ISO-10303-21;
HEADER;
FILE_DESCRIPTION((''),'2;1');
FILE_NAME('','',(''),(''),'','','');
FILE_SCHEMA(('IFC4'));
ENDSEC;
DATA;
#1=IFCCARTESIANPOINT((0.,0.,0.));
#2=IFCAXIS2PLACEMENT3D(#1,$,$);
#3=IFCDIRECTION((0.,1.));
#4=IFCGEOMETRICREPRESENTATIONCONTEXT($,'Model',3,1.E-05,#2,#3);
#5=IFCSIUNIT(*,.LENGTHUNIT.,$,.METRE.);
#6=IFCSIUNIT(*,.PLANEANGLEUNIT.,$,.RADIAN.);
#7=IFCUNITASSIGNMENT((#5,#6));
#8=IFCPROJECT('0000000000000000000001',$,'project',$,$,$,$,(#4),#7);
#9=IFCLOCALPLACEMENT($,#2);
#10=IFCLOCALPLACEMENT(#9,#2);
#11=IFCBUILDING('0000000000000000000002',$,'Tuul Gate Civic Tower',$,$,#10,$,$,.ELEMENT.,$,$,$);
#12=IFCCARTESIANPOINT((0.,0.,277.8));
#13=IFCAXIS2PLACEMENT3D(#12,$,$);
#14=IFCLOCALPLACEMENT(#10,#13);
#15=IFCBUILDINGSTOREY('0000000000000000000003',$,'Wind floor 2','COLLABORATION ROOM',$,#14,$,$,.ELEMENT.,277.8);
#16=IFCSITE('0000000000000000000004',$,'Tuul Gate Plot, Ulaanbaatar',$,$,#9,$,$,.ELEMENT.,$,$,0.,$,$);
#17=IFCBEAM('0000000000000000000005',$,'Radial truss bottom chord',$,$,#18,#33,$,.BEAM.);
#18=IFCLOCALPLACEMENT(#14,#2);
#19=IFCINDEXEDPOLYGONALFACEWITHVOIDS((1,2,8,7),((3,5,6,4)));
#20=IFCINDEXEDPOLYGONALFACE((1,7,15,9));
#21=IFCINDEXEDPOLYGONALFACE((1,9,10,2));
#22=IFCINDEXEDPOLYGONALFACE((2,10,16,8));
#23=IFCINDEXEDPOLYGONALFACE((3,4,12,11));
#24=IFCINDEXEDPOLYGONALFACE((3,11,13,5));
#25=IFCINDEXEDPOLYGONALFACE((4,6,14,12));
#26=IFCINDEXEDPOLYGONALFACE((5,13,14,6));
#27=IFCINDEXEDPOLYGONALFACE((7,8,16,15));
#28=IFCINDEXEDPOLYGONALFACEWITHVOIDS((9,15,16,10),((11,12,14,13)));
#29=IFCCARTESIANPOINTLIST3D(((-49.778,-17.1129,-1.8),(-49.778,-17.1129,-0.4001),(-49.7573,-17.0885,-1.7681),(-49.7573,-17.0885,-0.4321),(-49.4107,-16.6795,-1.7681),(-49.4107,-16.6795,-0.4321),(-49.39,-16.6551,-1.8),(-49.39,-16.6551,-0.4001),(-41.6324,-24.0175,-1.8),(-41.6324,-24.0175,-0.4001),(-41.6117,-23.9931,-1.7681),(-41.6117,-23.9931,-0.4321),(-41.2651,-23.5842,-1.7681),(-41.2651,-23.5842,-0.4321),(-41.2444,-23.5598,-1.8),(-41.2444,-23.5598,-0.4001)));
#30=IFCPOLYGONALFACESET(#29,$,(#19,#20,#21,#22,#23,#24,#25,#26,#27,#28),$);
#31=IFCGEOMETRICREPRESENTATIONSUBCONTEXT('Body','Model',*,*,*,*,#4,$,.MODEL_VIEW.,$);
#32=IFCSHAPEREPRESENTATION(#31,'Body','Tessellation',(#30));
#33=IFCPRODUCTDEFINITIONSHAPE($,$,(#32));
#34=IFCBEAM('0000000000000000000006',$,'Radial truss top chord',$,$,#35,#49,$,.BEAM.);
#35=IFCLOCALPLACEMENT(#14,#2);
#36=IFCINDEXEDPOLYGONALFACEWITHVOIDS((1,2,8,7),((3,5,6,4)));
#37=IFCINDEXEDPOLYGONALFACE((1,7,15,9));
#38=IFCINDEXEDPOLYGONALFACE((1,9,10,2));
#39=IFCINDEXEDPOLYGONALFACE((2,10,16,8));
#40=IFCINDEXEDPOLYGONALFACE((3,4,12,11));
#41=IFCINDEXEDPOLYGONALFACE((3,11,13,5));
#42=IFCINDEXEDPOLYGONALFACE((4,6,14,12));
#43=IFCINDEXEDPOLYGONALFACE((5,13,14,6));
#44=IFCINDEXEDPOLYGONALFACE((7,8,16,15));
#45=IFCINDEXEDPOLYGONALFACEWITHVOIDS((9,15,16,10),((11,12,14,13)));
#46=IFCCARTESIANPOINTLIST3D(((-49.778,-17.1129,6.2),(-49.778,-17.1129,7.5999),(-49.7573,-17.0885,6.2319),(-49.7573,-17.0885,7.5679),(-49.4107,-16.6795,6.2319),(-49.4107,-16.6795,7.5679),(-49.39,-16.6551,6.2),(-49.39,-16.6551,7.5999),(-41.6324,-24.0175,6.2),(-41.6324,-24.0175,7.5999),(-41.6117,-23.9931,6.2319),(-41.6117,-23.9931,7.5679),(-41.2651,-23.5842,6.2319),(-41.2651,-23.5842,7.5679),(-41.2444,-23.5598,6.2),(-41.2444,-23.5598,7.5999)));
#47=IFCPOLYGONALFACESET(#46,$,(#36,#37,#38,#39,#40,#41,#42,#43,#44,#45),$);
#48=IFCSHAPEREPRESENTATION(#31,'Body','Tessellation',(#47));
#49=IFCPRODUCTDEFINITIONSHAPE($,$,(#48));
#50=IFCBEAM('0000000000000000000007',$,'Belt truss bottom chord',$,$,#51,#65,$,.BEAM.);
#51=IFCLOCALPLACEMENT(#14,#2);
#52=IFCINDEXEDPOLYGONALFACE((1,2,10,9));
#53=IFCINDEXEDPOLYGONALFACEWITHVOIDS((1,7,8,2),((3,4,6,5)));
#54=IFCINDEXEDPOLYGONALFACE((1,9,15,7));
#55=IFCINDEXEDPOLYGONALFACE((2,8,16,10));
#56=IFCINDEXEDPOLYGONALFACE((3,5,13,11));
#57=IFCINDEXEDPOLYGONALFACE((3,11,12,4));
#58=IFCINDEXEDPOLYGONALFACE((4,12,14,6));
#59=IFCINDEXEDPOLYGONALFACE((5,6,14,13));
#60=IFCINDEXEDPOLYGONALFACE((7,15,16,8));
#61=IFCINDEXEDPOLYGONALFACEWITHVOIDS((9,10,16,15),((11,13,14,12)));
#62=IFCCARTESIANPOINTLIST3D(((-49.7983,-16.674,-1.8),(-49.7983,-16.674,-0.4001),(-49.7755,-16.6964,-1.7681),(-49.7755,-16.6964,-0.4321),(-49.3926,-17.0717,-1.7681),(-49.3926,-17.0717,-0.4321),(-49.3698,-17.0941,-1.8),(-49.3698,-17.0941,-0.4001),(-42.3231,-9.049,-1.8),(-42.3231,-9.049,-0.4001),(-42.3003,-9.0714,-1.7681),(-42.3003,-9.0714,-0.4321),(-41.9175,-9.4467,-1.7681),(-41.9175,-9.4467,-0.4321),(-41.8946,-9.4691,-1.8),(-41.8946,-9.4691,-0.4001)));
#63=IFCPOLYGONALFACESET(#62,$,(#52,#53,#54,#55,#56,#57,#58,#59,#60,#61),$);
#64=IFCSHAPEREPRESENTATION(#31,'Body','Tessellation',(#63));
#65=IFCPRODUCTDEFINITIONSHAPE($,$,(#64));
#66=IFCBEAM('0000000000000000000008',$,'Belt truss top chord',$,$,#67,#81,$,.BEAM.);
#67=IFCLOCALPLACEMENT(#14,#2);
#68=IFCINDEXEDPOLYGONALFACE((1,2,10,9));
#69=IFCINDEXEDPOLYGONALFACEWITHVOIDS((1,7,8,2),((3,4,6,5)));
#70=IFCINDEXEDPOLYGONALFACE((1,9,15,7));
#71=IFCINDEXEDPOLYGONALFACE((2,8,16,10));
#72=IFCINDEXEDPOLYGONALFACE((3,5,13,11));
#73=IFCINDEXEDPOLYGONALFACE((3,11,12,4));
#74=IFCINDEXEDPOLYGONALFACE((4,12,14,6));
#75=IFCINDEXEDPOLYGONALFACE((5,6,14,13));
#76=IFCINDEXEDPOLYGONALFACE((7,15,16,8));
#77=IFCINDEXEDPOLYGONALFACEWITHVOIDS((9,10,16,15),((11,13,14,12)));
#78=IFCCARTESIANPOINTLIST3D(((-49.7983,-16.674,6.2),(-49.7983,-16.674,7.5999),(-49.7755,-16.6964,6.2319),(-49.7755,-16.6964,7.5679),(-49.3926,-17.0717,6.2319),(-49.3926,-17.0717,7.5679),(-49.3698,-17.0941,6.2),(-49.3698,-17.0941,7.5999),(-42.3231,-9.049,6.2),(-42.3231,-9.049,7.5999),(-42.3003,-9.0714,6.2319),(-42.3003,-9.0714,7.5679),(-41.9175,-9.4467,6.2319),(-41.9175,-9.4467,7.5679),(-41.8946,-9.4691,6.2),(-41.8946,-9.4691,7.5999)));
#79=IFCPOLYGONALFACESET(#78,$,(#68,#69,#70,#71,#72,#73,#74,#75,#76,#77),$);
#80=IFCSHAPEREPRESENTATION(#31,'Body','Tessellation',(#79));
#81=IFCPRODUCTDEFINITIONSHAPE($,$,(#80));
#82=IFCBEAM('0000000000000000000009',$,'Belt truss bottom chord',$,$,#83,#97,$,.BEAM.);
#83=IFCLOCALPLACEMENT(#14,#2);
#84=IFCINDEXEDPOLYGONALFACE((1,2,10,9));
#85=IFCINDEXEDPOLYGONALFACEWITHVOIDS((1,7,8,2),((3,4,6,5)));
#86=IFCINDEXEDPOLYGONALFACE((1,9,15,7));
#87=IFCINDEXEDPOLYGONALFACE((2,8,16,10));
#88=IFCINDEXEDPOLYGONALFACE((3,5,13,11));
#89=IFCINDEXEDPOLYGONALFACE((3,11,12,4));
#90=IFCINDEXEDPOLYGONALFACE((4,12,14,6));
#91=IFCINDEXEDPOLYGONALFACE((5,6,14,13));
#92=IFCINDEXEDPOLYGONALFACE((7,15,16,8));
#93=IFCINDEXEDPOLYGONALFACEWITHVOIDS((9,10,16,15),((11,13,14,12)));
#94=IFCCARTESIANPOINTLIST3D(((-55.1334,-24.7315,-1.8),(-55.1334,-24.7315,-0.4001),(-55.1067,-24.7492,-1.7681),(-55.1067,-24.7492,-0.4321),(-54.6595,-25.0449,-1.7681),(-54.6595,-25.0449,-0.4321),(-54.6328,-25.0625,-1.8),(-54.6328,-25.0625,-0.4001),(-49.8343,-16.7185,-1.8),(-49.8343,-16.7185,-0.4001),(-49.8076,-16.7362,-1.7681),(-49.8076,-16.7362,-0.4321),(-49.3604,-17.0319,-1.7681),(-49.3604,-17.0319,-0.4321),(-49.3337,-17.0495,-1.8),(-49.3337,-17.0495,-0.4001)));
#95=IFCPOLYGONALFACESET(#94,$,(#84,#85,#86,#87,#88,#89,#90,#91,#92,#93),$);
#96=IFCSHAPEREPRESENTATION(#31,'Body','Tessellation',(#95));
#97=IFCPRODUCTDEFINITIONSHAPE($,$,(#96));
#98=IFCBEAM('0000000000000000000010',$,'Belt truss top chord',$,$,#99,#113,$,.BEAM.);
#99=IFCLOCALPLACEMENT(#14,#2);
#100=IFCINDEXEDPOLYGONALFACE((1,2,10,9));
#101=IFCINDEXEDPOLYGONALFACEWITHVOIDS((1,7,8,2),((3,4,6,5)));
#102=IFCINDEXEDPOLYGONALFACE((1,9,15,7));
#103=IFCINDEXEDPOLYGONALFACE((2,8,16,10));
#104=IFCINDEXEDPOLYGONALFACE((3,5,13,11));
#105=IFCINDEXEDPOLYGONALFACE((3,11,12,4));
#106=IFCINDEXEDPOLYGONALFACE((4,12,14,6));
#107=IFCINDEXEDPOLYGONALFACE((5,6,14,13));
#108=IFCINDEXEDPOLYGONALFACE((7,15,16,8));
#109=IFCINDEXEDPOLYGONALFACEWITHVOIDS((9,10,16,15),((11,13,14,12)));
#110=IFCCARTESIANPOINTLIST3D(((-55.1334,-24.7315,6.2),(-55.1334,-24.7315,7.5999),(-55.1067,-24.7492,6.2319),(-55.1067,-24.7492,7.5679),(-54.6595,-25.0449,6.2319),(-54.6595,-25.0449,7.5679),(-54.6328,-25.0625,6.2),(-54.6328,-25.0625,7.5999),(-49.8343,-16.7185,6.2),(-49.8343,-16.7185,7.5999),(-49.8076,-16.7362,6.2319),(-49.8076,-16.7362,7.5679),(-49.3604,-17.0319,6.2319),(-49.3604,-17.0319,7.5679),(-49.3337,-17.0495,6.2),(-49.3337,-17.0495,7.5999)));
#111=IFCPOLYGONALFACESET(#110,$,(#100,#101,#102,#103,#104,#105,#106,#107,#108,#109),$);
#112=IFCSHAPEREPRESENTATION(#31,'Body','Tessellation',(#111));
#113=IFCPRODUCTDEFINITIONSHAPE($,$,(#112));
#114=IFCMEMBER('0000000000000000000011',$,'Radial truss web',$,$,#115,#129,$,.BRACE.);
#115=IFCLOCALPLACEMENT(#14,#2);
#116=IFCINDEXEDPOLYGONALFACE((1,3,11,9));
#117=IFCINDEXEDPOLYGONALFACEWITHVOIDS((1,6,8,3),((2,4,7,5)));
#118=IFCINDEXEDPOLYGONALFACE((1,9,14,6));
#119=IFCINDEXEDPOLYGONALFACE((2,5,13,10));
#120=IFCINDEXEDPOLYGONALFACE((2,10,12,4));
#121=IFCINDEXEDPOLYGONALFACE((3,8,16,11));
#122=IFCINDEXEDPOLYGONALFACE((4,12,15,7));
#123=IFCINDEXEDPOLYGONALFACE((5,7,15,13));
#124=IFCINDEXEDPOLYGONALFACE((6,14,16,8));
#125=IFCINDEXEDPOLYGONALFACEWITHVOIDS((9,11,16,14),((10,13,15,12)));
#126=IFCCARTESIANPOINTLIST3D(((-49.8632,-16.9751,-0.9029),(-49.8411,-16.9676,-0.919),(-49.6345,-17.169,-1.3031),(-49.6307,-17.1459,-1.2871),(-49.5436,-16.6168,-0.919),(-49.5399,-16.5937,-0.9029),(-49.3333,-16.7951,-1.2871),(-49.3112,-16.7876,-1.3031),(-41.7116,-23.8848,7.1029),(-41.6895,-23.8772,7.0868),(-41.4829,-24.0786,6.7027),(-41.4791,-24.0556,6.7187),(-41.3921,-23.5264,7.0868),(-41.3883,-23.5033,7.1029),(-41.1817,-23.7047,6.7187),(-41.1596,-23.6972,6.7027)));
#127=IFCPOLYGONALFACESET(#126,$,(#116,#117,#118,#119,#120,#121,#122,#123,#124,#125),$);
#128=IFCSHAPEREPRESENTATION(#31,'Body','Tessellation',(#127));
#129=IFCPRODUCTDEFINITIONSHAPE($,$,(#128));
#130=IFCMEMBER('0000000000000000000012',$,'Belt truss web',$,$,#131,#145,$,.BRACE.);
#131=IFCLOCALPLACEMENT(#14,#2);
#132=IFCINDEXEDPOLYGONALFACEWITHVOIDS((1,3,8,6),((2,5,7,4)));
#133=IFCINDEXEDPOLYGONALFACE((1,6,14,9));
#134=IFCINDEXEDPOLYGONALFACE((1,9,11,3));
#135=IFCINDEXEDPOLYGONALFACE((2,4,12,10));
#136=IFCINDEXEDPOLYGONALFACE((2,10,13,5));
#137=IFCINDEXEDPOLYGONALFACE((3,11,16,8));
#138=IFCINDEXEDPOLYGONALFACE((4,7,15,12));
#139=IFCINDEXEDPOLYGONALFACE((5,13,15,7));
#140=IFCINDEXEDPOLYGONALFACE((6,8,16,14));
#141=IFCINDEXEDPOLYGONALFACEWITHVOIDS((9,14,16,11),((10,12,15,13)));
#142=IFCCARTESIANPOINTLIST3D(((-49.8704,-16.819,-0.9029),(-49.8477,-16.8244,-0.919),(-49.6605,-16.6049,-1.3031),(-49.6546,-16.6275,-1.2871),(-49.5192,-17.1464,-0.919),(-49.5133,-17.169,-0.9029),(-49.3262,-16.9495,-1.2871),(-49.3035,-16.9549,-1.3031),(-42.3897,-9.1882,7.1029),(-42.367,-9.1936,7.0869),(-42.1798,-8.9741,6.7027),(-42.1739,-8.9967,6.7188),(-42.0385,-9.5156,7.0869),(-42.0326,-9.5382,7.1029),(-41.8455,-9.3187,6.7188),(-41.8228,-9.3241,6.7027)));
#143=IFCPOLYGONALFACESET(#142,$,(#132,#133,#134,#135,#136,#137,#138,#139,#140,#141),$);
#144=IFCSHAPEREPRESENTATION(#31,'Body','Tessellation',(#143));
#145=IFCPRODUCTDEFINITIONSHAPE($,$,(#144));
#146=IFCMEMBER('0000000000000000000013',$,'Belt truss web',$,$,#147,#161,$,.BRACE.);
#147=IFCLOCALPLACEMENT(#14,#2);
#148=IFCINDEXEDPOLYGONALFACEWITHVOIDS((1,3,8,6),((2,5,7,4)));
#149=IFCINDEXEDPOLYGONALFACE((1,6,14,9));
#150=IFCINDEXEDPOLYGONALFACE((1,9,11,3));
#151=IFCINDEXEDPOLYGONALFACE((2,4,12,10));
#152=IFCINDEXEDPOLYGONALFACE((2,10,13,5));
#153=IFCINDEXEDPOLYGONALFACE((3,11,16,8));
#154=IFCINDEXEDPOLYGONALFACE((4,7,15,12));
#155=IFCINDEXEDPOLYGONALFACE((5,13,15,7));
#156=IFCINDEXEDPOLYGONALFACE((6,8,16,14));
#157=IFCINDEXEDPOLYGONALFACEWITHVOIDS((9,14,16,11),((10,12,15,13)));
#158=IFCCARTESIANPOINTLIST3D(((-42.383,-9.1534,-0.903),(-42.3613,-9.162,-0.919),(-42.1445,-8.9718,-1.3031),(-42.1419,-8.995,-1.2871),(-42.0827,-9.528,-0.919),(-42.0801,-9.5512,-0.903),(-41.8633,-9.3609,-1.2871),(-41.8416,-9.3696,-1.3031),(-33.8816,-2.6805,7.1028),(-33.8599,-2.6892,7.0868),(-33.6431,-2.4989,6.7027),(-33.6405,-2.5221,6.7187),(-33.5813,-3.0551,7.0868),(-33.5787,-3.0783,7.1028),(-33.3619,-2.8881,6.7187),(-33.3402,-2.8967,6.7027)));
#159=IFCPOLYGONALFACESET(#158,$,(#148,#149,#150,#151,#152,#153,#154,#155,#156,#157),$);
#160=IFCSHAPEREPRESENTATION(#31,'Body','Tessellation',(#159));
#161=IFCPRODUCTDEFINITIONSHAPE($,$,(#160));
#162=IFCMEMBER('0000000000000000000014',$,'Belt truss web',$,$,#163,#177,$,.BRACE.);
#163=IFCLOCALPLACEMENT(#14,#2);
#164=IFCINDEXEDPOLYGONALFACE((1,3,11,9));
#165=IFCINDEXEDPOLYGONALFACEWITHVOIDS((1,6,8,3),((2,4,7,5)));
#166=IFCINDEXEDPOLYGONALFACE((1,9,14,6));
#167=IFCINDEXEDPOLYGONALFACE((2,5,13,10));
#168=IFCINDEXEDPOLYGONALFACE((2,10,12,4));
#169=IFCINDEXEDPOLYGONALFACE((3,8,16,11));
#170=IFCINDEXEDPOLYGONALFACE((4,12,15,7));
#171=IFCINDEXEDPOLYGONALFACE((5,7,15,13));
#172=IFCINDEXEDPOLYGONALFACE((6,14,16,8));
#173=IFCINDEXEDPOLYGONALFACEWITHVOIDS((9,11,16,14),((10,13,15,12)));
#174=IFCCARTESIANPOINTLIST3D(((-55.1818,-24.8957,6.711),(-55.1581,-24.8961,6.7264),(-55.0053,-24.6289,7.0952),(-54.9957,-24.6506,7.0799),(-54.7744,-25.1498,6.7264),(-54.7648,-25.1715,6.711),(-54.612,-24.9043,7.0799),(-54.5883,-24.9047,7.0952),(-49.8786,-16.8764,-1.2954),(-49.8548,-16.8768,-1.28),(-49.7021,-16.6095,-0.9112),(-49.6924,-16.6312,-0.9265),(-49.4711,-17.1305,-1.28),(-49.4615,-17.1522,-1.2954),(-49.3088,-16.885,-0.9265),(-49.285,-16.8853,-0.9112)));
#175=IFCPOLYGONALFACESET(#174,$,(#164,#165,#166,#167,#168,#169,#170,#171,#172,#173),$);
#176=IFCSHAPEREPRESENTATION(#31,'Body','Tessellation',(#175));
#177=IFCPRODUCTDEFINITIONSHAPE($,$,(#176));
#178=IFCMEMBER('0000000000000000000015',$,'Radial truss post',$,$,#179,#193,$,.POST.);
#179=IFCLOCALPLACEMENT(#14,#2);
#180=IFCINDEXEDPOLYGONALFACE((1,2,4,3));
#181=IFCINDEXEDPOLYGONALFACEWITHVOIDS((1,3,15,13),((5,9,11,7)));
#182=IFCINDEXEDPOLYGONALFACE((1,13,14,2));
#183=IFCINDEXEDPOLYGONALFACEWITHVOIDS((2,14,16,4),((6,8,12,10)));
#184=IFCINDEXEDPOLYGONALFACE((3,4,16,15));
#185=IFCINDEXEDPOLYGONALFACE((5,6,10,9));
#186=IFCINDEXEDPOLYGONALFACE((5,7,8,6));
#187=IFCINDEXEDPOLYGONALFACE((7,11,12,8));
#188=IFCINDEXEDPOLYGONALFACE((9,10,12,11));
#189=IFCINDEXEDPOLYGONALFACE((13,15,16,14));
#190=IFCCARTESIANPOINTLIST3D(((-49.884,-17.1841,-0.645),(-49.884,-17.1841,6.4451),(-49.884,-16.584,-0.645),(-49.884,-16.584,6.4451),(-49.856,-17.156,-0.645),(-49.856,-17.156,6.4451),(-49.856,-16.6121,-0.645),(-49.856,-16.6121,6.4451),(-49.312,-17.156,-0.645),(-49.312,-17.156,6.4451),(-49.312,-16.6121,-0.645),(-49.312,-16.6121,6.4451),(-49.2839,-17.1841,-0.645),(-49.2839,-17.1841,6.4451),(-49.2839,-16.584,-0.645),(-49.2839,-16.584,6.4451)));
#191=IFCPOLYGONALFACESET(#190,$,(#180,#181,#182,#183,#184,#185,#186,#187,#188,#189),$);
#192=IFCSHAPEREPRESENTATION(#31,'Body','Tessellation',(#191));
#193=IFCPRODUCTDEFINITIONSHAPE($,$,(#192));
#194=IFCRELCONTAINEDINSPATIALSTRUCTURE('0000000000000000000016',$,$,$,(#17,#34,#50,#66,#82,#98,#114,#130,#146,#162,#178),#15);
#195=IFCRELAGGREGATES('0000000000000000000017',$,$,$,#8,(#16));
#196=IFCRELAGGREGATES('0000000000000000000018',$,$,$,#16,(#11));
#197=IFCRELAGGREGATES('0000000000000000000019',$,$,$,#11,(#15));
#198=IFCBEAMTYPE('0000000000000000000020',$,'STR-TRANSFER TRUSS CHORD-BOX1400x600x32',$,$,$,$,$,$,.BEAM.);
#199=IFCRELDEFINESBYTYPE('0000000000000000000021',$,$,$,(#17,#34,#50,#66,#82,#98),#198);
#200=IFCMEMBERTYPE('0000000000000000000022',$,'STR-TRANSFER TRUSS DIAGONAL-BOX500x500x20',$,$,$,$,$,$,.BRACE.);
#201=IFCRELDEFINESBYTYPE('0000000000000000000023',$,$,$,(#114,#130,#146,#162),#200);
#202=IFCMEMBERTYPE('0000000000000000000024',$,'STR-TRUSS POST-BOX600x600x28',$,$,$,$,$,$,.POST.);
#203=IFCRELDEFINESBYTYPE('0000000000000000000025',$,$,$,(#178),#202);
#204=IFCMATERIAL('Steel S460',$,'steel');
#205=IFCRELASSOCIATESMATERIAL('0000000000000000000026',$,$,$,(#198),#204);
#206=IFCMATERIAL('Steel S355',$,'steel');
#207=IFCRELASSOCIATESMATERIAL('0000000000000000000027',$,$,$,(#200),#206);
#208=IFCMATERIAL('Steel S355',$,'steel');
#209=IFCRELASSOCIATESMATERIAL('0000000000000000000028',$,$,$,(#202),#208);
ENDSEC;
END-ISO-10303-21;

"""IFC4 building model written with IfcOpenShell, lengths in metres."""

from ifc_helpers import new_model, si_unit, direction, frame, origin, origin_2d, place, context, subcontext, project, spatial, hollow_rectangle, extrude, material, material_profile, profile_set, type_object, element, save


model = new_model("IFC4")

# Units and contexts
model_context = context("Model", 3, precision=1e-05, world=origin(), true_north=direction((0.0, 1.0)))
body_context = subcontext(model_context, "Body", "Model", "MODEL_VIEW")
ifc_project = project(units=[si_unit("LENGTHUNIT", "METRE"), si_unit("PLANEANGLEUNIT", "RADIAN")], contexts=[model_context])

# Site, building, storey
site_placement = place(None, origin())
site = spatial("IfcSite", under=ifc_project, at=site_placement, Name="Tuul Gate Plot, Ulaanbaatar", CompositionType="ELEMENT", RefElevation=0.0)
building_placement = place(site_placement, origin())
building = spatial("IfcBuilding", under=site, at=building_placement, Name="Tuul Gate Civic Tower", CompositionType="ELEMENT")
storey_placement = place(building_placement, frame((0.0, 0.0, 277.8)))
storey = spatial("IfcBuildingStorey", under=building, at=storey_placement, Name="Wind floor 2", Description="COLLABORATION ROOM", CompositionType="ELEMENT", Elevation=277.8)

# Beams
ifc_material_1 = material(Name="Steel S460", Category="steel")
ifc_material_profile_1 = material_profile(ifc_material_1, hollow_rectangle(XDim=0.6001, YDim=1.3999, WallThickness=0.032, at=origin_2d()), Name="BOX1400x600x32")
ifc_profile_set_1 = profile_set([ifc_material_profile_1], Name="Steel S460")
beam_type = type_object("IfcBeamType", Name="STR-TRANSFER TRUSS CHORD-BOX1400x600x32", PredefinedType="BEAM", material=ifc_profile_set_1)
for number, where, z_axis, x_axis, name in (
    (1, (-49.584, -16.884, -1.1001), (0.762823, -0.646607, 0.0), (0.646607, 0.762823, 0.0), "Radial truss bottom chord"),
    (2, (-49.584, -16.884, 6.8999), (0.762823, -0.646607, 0.0), (0.646607, 0.762823, 0.0), "Radial truss top chord"),
):
    element("IfcBeam", number, at=place(storey_placement, frame(where, z_axis=z_axis, x_axis=x_axis)), inside=storey, type_object=beam_type, Name=name, PredefinedType="BEAM", context=body_context, shape_type="SweptSolid", body=[
        extrude(hollow_rectangle(XDim=0.6001, YDim=1.3999, WallThickness=0.032, at=origin_2d()), origin(), (0.0, 0.0, 1.0), 10.6782),
    ])
for number, where, z_axis, x_axis, name in (
    (3, (-42.1089, -9.259, -1.1001), (-0.700053, -0.714091, 0.0), (0.714091, -0.700053, 0.0), "Belt truss bottom chord"),
    (4, (-42.1089, -9.259, 6.8999), (-0.700053, -0.714091, 0.0), (0.714091, -0.700053, 0.0), "Belt truss top chord"),
):
    element("IfcBeam", number, at=place(storey_placement, frame(where, z_axis=z_axis, x_axis=x_axis)), inside=storey, type_object=beam_type, Name=name, PredefinedType="BEAM", context=body_context, shape_type="SweptSolid", body=[
        extrude(hollow_rectangle(XDim=0.6001, YDim=1.3999, WallThickness=0.032, at=origin_2d()), origin(), (0.0, 0.0, 1.0), 10.678),
    ])
for number, where, z_axis, x_axis, name in (
    (5, (-49.584, -16.884, -1.1001), (-0.551606, -0.834105, 0.0), (0.834105, -0.551606, 0.0), "Belt truss bottom chord"),
    (6, (-49.584, -16.884, 6.8999), (-0.551606, -0.834105, 0.0), (0.834105, -0.551606, 0.0), "Belt truss top chord"),
):
    element("IfcBeam", number, at=place(storey_placement, frame(where, z_axis=z_axis, x_axis=x_axis)), inside=storey, type_object=beam_type, Name=name, PredefinedType="BEAM", context=body_context, shape_type="SweptSolid", body=[
        extrude(hollow_rectangle(XDim=0.6001, YDim=1.3999, WallThickness=0.032, at=origin_2d()), origin(), (0.0, 0.0, 1.0), 9.6067),
    ])

# Members
ifc_material_2 = material(Name="Steel S355", Category="steel")
ifc_material_profile_2 = material_profile(ifc_material_2, hollow_rectangle(XDim=0.5, YDim=0.5, WallThickness=0.02, at=origin_2d()), Name="BOX500x500x20")
ifc_profile_set_2 = profile_set([ifc_material_profile_2], Name="Steel S355")
member_type_1 = type_object("IfcMemberType", Name="STR-TRANSFER TRUSS DIAGONAL-BOX500x500x20", PredefinedType="BRACE", material=ifc_profile_set_2)
for number, where, z_axis, x_axis, name in (
    (7, (-49.5872, -16.8813, -1.103), (0.610499, -0.517486, 0.599583), (0.646605, 0.762825, 0.0), "Radial truss web"),
    (8, (-49.5869, -16.887, -1.103), (0.560255, 0.5715, 0.599585), (-0.714097, 0.700047, 0.0), "Belt truss web"),
):
    element("IfcMember", number, at=place(storey_placement, frame(where, z_axis=z_axis, x_axis=x_axis)), inside=storey, type_object=member_type_1, Name=name, PredefinedType="BRACE", context=body_context, shape_type="SweptSolid", body=[
        extrude(hollow_rectangle(XDim=0.5, YDim=0.5, WallThickness=0.02, at=origin_2d()), origin(), (0.0, 0.0, 1.0), 13.3523),
    ])
member_1_placement = place(storey_placement, frame((-42.1123, -9.2615, -1.103), z_axis=(0.636734, 0.484801, 0.599615), x_axis=(-0.605782, 0.79563, 0.0)))
element("IfcMember", 9, at=member_1_placement, inside=storey, type_object=member_type_1, Name="Belt truss web", PredefinedType="BRACE", context=body_context, shape_type="SweptSolid", body=[
    extrude(hollow_rectangle(XDim=0.5, YDim=0.5, WallThickness=0.02, at=origin_2d()), origin(), (0.0, 0.0, 1.0), 13.3516),
])
member_2_placement = place(storey_placement, frame((-49.5818, -16.8809, -1.1033), z_axis=(-0.423872, -0.640959, 0.639925), x_axis=(0.834107, -0.551602, 0.0)))
element("IfcMember", 10, at=member_2_placement, inside=storey, type_object=member_type_1, Name="Belt truss web", PredefinedType="BRACE", context=body_context, shape_type="SweptSolid", body=[
    extrude(hollow_rectangle(XDim=0.5, YDim=0.5, WallThickness=0.02, at=origin_2d()), origin(), (0.0, 0.0, 1.0), 12.5115),
])
ifc_material_3 = material(Name="Steel S355", Category="steel")
ifc_material_profile_3 = material_profile(ifc_material_3, hollow_rectangle(XDim=0.6001, YDim=0.6001, WallThickness=0.0281, at=origin_2d()), Name="BOX600x600x28")
ifc_profile_set_3 = profile_set([ifc_material_profile_3], Name="Steel S355")
member_type_2 = type_object("IfcMemberType", Name="STR-TRUSS POST-BOX600x600x28", PredefinedType="POST", material=ifc_profile_set_3)
for number, where, z_axis, x_axis, name in (
    (11, (-49.584, -16.884, -0.645), (0.0, 0.0, 1.0), (1.0, 0.0, 0.0), "Radial truss post"),
):
    element("IfcMember", number, at=place(storey_placement, frame(where, z_axis=z_axis, x_axis=x_axis)), inside=storey, type_object=member_type_2, Name=name, PredefinedType="POST", context=body_context, shape_type="SweptSolid", body=[
        extrude(hollow_rectangle(XDim=0.6001, YDim=0.6001, WallThickness=0.0281, at=origin_2d()), origin(), (0.0, 0.0, 1.0), 7.0901),
    ])

save(model, "model.ifc")
